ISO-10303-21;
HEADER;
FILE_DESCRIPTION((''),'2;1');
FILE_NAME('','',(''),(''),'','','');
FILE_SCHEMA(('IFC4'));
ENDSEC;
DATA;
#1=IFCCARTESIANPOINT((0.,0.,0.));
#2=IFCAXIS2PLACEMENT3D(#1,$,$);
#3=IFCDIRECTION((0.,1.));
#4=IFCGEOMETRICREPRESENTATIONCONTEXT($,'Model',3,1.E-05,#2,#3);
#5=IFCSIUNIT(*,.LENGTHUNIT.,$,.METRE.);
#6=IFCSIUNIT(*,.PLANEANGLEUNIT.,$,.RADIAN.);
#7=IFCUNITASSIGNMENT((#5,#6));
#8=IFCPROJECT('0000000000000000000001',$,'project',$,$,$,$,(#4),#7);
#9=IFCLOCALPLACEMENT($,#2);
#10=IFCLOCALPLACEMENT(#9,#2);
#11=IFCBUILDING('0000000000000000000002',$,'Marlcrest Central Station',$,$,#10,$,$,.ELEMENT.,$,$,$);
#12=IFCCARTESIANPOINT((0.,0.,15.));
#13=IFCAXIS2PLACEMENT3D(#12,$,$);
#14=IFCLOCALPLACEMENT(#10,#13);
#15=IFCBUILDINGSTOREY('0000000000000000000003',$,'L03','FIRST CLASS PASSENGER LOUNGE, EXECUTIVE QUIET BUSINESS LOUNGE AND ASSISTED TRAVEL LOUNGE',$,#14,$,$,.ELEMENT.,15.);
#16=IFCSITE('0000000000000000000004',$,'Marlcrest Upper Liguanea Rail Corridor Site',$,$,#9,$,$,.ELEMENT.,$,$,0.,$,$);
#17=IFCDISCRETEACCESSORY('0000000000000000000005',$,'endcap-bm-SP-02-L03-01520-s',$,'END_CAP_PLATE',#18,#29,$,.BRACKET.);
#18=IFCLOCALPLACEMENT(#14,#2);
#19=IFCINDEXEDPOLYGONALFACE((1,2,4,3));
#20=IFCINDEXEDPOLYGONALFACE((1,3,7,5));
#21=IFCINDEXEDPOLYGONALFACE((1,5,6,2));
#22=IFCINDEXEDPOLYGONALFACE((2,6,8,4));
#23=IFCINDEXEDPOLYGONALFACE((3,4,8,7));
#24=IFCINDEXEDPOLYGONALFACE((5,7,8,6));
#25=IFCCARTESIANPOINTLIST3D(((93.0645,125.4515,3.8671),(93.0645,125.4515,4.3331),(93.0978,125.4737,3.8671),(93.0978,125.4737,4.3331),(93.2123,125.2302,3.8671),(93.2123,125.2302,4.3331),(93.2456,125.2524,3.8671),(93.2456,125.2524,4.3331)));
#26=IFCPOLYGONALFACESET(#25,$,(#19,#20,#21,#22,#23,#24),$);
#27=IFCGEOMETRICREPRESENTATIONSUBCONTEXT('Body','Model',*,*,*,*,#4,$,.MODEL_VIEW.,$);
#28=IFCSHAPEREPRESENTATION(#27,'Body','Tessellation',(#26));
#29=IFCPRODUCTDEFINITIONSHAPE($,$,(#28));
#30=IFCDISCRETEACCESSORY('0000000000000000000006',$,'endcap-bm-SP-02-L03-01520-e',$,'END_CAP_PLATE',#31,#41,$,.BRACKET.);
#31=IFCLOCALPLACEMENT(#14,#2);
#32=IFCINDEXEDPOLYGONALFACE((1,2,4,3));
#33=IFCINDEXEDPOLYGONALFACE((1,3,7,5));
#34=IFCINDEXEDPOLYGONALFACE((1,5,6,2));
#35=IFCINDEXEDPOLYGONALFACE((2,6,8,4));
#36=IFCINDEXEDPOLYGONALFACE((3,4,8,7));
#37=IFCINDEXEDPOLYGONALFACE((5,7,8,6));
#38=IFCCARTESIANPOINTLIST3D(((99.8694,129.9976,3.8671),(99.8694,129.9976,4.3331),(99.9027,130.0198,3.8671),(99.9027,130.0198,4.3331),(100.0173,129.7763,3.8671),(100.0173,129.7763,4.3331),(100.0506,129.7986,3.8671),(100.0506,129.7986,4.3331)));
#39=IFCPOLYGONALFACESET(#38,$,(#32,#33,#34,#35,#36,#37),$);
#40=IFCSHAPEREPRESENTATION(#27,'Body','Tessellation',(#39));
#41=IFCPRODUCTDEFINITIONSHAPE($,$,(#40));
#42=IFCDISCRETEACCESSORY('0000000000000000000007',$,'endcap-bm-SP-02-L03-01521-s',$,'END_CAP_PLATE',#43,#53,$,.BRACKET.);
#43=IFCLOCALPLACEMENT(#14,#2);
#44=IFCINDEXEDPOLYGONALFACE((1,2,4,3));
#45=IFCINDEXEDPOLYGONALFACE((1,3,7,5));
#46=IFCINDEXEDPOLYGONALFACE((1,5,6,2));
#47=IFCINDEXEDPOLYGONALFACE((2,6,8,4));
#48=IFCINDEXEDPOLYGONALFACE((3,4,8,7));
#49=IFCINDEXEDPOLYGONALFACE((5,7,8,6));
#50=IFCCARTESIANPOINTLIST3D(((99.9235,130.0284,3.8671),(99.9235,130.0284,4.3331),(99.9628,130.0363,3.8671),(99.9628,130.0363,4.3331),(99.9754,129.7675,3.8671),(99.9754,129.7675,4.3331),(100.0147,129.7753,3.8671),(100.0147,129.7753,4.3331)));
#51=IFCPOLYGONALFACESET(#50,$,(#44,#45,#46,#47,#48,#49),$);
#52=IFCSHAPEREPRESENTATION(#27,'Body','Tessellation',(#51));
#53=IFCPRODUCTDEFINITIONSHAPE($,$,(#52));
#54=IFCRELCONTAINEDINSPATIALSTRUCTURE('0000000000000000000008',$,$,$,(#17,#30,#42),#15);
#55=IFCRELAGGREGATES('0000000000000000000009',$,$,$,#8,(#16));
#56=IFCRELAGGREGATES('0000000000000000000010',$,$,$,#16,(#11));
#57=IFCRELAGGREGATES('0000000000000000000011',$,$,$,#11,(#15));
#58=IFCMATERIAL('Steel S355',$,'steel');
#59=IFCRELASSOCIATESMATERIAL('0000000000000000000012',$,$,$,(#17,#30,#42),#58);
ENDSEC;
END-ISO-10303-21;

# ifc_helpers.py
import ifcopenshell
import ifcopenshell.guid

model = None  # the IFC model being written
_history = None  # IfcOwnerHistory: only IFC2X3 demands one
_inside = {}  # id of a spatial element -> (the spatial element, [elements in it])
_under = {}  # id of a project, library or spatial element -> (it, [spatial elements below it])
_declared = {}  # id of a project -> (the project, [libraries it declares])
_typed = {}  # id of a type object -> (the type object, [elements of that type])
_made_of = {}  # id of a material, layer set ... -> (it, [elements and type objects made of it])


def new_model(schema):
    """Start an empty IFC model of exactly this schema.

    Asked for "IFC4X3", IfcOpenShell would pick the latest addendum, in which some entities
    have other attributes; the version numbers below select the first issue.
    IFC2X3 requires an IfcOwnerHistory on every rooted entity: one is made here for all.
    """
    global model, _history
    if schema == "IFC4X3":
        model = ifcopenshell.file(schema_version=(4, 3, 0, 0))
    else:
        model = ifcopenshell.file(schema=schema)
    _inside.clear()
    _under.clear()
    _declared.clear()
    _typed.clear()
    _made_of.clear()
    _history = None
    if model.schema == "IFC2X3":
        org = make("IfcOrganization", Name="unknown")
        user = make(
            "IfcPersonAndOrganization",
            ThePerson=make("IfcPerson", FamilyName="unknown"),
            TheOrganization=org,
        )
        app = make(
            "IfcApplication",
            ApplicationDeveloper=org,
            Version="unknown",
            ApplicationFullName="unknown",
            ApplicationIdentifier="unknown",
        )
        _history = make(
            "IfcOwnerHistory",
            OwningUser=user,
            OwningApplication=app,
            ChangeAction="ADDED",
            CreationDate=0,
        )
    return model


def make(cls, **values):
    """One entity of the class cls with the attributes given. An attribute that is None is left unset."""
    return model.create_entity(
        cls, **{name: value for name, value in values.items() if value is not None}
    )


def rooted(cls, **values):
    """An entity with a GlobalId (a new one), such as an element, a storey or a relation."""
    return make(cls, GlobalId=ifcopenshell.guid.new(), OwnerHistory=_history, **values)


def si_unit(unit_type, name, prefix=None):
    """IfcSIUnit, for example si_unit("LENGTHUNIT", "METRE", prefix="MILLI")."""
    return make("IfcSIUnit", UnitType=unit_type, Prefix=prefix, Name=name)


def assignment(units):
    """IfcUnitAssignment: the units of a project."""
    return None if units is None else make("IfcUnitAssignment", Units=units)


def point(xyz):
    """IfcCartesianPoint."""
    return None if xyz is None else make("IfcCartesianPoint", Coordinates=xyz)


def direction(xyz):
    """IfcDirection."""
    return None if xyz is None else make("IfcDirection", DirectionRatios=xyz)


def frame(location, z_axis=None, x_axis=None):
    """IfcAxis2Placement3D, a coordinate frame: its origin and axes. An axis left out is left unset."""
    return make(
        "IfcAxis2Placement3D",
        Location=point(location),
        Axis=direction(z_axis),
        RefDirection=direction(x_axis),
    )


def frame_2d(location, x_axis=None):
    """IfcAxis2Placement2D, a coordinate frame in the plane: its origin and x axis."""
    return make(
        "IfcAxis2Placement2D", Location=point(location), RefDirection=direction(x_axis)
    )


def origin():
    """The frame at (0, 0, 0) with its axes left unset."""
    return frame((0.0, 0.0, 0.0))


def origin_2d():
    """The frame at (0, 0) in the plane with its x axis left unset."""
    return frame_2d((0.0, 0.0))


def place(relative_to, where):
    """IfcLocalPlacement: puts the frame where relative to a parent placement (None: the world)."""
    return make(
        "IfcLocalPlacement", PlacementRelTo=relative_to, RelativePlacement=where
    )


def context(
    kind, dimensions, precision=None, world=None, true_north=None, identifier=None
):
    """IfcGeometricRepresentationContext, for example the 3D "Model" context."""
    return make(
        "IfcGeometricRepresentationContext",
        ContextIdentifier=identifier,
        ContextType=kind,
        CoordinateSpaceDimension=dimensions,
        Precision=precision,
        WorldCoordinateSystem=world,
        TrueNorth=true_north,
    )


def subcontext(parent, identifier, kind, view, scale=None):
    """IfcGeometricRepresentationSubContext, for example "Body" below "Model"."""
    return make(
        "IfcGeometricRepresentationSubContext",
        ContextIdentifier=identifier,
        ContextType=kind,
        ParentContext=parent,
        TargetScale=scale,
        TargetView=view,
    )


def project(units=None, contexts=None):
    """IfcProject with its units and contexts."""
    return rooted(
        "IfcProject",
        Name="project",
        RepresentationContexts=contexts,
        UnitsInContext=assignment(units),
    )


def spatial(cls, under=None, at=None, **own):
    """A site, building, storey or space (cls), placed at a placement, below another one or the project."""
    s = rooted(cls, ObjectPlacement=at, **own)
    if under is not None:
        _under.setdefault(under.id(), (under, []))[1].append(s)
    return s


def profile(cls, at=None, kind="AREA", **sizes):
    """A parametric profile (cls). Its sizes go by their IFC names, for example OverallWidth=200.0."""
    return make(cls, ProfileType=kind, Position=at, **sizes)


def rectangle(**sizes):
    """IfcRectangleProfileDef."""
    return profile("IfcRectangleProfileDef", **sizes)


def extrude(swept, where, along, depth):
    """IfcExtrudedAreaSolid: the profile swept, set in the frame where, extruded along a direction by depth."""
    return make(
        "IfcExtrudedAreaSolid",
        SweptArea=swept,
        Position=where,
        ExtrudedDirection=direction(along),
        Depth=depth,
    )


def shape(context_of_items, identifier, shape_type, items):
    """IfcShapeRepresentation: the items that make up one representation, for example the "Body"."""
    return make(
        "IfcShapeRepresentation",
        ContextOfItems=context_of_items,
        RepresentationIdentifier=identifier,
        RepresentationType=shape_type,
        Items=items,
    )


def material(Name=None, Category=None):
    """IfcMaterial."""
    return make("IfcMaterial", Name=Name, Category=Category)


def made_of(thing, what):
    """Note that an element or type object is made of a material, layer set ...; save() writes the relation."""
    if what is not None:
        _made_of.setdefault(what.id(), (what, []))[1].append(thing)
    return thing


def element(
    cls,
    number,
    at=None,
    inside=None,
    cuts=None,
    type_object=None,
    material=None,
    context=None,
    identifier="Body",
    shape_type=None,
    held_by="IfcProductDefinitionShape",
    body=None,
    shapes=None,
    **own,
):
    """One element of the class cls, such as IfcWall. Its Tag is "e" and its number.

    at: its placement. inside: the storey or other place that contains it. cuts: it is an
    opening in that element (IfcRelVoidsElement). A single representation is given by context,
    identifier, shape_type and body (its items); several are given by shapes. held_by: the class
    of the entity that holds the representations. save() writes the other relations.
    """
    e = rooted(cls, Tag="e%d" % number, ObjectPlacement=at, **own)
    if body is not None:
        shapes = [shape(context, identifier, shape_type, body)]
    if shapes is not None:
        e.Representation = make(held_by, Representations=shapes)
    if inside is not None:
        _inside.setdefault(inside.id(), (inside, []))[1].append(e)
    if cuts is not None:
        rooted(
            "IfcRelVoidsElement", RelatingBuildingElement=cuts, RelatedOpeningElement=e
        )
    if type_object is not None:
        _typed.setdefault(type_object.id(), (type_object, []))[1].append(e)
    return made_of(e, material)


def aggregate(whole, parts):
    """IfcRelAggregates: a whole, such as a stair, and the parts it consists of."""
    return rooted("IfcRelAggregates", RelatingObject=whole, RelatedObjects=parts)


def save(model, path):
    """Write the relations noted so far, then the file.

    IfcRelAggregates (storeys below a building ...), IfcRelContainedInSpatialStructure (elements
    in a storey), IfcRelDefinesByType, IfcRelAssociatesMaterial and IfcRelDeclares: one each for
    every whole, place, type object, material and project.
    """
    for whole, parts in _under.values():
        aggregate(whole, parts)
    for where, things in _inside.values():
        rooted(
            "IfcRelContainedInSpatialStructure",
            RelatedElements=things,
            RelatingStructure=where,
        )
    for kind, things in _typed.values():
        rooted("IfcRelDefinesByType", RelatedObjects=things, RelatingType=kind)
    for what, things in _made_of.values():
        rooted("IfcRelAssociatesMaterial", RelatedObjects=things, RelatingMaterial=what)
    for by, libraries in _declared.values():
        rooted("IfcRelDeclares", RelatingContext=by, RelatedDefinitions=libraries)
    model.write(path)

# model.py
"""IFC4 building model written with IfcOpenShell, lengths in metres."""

from ifc_helpers import new_model, si_unit, direction, frame, origin, origin_2d, place, context, subcontext, project, spatial, rectangle, extrude, material, element, save


model = new_model("IFC4")

# Units and contexts
model_context = context("Model", 3, precision=1e-05, world=origin(), true_north=direction((0.0, 1.0)))
body_context = subcontext(model_context, "Body", "Model", "MODEL_VIEW")
ifc_project = project(units=[si_unit("LENGTHUNIT", "METRE"), si_unit("PLANEANGLEUNIT", "RADIAN")], contexts=[model_context])

# Site, building, storey
site_placement = place(None, origin())
site = spatial("IfcSite", under=ifc_project, at=site_placement, Name="Marlcrest Upper Liguanea Rail Corridor Site", CompositionType="ELEMENT", RefElevation=0.0)
building_placement = place(site_placement, origin())
building = spatial("IfcBuilding", under=site, at=building_placement, Name="Marlcrest Central Station", CompositionType="ELEMENT")
storey_placement = place(building_placement, frame((0.0, 0.0, 15.0)))
storey = spatial("IfcBuildingStorey", under=building, at=storey_placement, Name="L03", Description="FIRST CLASS PASSENGER LOUNGE, EXECUTIVE QUIET BUSINESS LOUNGE AND ASSISTED TRAVEL LOUNGE", CompositionType="ELEMENT", Elevation=15.0)

# Shared definitions
ifc_material_1 = material(Name="Steel S355", Category="steel")

# Discrete accessories
for number, where, z_axis, x_axis, name in (
    (1, (93.1384, 125.3408, 4.1001), (0.831509, 0.555511, 0.0), (-0.555511, 0.831509, 0.0), "endcap-bm-SP-02-L03-01520-s"),
    (2, (99.9434, 129.887, 4.1001), (0.831509, 0.555511, 0.0), (-0.555511, 0.831509, 0.0), "endcap-bm-SP-02-L03-01520-e"),
    (3, (99.9495, 129.8979, 4.1001), (0.980769, 0.195171, 0.0), (-0.195171, 0.980769, 0.0), "endcap-bm-SP-02-L03-01521-s"),
):
    element("IfcDiscreteAccessory", number, at=place(storey_placement, frame(where, z_axis=z_axis, x_axis=x_axis)), inside=storey, material=ifc_material_1, Name=name, ObjectType="END_CAP_PLATE", PredefinedType="BRACKET", context=body_context, shape_type="SweptSolid", body=[
        extrude(rectangle(XDim=0.2661, YDim=0.4661, at=origin_2d()), origin(), (0.0, 0.0, 1.0), 0.04),
    ])

save(model, "model.ifc")
